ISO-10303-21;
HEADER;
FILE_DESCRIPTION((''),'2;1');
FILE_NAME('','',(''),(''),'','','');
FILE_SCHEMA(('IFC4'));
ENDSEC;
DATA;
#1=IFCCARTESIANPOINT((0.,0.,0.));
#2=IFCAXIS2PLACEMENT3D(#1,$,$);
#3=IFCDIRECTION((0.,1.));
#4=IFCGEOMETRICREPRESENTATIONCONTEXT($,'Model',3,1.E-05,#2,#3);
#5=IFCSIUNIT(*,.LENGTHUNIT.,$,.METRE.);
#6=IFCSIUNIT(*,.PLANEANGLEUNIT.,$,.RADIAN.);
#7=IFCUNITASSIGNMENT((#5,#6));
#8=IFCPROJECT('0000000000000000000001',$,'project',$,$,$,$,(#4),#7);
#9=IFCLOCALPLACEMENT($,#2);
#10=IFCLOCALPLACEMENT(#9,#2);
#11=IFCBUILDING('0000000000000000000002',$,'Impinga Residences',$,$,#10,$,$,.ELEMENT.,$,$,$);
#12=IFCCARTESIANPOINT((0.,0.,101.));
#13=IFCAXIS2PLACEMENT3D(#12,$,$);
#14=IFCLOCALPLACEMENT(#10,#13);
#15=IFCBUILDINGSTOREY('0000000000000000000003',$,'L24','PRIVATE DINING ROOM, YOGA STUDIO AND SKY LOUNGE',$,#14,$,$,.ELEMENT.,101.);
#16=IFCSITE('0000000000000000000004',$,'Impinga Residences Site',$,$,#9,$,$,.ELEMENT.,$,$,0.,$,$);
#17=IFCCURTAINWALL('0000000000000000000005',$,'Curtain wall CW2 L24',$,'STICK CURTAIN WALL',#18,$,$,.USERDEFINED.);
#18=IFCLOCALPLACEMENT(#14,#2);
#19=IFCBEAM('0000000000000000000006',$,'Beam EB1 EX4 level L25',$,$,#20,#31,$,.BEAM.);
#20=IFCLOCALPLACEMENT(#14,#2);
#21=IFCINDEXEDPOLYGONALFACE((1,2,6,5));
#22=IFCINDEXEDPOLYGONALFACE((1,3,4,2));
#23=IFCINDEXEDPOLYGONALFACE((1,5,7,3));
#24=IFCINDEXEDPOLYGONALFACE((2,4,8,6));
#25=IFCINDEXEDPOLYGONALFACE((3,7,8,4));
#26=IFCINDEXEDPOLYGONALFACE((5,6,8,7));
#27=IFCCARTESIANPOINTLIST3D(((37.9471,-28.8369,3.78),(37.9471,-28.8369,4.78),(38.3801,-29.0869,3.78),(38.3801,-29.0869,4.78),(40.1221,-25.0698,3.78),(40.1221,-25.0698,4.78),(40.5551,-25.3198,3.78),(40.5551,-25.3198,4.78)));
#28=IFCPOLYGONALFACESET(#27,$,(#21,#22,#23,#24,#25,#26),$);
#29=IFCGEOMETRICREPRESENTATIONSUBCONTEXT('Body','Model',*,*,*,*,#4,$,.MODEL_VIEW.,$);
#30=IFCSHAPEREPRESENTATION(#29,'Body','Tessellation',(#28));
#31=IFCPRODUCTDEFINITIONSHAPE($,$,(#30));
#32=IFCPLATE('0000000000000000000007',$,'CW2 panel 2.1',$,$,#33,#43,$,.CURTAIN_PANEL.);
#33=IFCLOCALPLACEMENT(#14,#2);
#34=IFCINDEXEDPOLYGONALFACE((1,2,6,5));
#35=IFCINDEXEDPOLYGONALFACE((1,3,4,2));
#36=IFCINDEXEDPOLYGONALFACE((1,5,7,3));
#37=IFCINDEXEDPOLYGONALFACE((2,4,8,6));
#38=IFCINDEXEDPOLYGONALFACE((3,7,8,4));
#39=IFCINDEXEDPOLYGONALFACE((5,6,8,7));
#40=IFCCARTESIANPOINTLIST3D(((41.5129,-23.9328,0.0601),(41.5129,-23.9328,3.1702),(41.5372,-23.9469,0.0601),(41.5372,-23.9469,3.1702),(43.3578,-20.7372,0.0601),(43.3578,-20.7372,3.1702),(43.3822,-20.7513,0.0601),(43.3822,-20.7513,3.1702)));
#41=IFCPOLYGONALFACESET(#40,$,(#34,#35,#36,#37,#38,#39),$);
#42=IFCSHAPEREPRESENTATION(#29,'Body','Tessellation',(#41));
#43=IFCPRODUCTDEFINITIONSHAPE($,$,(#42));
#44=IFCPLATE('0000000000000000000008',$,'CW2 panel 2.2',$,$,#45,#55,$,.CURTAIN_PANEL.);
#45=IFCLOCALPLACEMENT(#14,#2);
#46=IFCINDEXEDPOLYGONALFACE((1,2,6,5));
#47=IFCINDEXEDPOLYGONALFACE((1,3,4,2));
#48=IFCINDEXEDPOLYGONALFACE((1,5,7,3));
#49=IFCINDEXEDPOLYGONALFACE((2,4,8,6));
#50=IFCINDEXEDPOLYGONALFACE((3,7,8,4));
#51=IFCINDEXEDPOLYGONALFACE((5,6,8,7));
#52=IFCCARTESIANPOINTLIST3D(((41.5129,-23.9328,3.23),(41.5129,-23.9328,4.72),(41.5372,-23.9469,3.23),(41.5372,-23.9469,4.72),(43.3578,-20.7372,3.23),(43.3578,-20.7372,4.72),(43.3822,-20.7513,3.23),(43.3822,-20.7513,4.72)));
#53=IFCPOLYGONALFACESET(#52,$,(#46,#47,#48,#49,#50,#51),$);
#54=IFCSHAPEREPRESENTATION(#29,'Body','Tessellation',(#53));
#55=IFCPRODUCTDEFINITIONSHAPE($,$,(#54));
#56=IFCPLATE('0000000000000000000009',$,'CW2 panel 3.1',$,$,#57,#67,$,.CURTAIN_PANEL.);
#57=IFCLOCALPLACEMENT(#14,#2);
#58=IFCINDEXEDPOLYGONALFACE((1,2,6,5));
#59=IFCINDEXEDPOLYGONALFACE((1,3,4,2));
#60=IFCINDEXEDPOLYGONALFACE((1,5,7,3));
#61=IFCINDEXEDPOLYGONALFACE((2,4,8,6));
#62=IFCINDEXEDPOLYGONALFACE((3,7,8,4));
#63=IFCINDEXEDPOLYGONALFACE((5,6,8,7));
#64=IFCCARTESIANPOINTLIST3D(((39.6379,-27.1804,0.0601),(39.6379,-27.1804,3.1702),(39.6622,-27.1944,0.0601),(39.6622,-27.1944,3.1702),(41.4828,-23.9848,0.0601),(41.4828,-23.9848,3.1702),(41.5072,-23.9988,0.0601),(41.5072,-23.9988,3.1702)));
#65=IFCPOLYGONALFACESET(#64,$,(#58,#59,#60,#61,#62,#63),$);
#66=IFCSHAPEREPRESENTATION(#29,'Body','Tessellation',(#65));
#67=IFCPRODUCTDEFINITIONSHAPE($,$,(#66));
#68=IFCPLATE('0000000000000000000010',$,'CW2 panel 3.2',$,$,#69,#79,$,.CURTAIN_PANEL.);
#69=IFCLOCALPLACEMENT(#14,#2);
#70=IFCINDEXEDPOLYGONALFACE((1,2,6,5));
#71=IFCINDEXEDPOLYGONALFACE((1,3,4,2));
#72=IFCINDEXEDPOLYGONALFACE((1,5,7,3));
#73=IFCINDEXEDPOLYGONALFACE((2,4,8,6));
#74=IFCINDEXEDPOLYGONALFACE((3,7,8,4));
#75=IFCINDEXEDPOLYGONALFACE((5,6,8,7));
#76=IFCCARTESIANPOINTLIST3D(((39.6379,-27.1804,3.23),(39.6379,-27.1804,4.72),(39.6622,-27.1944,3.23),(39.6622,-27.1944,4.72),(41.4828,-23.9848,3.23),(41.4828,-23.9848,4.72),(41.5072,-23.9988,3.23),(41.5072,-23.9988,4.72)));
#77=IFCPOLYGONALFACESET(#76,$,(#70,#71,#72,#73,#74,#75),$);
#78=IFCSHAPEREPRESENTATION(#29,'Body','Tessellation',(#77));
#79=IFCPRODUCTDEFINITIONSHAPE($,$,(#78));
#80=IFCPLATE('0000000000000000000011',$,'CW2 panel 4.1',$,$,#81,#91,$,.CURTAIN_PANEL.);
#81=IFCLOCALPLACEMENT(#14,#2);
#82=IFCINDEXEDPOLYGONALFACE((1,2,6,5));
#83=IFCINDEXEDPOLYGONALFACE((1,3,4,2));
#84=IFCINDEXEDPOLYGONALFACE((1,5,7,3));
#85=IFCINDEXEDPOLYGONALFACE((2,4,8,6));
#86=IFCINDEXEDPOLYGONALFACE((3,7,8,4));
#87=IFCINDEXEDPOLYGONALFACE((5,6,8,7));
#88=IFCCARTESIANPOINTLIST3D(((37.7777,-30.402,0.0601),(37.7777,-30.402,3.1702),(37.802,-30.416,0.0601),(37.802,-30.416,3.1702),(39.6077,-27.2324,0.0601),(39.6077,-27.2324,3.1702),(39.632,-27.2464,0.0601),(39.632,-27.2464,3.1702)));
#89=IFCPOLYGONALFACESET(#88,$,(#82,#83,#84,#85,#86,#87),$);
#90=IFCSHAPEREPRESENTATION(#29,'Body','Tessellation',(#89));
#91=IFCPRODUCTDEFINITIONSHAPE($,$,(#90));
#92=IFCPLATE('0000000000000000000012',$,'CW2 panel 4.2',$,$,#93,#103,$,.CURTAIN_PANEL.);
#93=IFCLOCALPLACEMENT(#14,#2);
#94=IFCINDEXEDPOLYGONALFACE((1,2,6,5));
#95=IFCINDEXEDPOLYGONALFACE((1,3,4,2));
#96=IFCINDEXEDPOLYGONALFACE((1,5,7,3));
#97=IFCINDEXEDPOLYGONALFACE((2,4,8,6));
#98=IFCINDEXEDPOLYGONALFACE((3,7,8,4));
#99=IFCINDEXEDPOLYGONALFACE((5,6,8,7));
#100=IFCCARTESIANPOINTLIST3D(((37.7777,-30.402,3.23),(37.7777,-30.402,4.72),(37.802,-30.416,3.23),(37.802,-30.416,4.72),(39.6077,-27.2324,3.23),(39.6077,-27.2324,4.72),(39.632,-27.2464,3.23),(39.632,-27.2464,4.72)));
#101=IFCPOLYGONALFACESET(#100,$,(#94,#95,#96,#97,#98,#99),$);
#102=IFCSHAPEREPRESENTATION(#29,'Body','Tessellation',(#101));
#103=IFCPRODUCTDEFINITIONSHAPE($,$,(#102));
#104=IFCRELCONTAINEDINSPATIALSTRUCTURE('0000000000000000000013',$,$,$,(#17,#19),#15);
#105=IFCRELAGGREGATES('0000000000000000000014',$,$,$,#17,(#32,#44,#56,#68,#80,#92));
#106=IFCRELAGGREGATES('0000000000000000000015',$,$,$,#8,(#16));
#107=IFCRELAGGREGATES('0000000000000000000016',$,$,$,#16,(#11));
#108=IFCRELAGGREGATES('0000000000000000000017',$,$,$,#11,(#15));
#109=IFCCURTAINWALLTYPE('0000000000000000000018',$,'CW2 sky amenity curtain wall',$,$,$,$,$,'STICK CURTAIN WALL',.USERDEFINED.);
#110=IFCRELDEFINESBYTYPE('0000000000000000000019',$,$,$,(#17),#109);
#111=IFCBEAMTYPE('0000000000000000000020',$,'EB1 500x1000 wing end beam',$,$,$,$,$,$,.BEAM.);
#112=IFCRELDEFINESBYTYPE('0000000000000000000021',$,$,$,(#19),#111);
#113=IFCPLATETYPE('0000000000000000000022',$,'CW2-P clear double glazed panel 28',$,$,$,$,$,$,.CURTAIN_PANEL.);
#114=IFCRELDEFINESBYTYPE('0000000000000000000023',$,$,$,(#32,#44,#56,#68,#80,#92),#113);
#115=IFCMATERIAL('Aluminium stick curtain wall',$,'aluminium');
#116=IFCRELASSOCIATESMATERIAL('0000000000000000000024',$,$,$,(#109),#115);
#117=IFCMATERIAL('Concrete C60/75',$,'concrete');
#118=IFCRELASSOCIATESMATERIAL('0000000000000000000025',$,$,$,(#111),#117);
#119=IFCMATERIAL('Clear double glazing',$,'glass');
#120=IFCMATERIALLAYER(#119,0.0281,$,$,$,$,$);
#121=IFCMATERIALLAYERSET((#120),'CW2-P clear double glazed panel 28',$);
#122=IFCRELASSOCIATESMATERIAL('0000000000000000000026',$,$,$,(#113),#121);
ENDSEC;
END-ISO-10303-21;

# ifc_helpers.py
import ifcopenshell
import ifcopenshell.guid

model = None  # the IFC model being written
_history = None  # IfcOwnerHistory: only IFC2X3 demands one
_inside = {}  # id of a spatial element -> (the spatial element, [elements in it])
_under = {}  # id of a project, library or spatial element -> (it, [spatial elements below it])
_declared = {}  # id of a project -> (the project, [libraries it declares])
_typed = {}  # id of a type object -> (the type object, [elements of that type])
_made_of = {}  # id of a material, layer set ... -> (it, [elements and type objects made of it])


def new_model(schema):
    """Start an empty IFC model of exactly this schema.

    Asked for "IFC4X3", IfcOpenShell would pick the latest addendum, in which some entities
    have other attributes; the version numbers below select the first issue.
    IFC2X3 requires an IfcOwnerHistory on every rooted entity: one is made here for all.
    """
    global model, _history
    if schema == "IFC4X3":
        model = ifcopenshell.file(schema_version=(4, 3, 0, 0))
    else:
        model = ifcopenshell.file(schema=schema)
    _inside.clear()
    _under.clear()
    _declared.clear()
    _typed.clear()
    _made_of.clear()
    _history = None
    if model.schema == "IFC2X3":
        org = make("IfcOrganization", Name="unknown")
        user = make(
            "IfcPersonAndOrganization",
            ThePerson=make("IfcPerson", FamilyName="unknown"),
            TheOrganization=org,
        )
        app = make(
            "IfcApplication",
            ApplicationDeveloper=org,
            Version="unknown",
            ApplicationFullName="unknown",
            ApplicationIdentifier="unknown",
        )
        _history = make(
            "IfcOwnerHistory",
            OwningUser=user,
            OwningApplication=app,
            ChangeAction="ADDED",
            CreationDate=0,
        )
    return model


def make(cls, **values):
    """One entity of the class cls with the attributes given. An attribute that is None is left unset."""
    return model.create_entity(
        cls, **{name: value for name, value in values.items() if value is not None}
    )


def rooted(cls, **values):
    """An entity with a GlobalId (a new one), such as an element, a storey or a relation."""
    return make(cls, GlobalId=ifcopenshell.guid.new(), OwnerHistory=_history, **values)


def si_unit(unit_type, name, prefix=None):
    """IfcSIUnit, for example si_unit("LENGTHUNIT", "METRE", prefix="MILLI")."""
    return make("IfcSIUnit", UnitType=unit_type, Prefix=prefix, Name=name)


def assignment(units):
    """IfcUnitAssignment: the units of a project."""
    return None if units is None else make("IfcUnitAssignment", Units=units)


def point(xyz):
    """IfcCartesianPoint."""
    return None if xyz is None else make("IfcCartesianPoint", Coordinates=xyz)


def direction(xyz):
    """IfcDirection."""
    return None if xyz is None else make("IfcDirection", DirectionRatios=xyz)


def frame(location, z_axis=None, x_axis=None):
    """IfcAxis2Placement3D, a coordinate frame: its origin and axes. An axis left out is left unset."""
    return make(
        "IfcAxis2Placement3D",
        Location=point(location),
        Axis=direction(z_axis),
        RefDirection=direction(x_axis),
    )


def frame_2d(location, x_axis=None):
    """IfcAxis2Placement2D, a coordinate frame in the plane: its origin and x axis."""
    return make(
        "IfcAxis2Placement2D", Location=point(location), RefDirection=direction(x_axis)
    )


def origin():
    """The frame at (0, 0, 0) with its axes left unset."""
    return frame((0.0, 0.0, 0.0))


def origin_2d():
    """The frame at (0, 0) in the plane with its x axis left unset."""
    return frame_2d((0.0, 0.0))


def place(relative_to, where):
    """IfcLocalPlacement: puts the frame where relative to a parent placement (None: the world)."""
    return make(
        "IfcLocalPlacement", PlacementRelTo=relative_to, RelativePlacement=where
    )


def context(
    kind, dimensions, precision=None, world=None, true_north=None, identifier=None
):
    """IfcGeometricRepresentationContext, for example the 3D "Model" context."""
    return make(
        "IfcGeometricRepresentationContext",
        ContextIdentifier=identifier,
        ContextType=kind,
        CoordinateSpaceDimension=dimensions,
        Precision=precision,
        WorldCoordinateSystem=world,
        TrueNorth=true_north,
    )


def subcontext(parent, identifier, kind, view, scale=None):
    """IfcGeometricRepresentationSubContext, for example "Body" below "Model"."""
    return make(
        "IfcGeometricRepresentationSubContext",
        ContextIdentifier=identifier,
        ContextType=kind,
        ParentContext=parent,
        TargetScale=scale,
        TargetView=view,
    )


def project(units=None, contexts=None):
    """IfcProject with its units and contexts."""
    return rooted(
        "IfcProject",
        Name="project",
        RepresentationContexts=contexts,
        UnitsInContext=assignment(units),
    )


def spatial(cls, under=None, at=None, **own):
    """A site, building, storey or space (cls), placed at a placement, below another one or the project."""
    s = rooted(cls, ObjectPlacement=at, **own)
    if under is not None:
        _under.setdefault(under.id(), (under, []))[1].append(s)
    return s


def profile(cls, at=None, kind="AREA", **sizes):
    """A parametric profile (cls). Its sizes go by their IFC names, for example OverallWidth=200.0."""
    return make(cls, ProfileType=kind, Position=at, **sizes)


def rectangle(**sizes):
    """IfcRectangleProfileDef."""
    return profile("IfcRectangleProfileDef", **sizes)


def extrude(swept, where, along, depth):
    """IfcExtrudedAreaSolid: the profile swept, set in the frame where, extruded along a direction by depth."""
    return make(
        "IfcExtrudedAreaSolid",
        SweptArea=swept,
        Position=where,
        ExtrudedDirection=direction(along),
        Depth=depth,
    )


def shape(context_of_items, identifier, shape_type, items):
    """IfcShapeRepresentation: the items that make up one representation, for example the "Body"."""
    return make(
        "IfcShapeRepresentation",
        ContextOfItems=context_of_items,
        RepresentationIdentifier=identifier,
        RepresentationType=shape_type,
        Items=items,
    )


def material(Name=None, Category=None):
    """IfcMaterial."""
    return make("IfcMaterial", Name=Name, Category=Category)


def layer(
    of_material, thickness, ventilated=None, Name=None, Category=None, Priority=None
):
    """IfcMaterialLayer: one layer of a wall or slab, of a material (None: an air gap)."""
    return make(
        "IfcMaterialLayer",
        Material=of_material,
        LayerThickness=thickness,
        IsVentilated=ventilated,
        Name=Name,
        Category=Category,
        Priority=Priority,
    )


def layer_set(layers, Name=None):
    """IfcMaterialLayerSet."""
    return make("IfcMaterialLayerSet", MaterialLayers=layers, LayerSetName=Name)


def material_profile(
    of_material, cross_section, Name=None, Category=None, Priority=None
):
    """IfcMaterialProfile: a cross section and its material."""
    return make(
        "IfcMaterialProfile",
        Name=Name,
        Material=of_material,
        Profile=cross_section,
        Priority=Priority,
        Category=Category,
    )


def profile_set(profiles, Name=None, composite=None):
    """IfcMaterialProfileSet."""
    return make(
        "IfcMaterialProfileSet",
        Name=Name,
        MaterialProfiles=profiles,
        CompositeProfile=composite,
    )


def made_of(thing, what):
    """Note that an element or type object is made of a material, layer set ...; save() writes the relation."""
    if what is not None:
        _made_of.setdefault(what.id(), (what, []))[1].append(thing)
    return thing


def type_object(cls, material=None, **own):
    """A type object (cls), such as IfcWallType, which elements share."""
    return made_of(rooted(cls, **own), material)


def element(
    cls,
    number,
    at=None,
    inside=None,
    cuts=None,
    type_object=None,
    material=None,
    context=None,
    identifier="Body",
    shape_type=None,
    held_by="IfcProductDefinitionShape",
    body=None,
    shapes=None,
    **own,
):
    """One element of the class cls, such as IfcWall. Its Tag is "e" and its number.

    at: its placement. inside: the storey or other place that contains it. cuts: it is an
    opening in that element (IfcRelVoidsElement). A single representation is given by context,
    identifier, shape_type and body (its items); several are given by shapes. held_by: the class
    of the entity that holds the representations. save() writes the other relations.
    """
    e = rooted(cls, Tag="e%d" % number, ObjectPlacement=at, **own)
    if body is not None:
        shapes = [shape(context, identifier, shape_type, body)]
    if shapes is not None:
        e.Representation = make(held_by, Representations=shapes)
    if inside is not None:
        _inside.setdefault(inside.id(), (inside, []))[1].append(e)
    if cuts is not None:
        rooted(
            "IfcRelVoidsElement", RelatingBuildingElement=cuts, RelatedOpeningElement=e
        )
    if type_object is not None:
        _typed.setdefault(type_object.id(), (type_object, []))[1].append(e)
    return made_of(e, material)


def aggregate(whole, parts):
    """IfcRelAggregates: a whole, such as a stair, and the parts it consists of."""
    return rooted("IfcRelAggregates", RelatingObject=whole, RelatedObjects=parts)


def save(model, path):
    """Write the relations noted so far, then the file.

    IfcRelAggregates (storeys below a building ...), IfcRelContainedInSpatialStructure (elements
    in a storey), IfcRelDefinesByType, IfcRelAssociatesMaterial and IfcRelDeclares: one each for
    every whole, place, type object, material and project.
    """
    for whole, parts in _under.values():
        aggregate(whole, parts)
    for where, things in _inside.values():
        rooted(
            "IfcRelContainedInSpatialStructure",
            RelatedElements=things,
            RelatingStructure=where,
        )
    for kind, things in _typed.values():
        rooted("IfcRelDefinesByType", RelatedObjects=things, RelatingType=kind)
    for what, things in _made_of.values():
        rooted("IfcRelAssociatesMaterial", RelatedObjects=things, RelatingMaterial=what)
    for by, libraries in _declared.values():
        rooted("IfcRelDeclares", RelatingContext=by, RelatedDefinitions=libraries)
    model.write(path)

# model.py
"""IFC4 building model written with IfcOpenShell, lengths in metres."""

from ifc_helpers import new_model, si_unit, direction, frame, origin, origin_2d, place, context, subcontext, project, spatial, rectangle, extrude, material, layer, layer_set, material_profile, profile_set, type_object, element, aggregate, save


model = new_model("IFC4")

# Units and contexts
model_context = context("Model", 3, precision=1e-05, world=origin(), true_north=direction((0.0, 1.0)))
body_context = subcontext(model_context, "Body", "Model", "MODEL_VIEW")
ifc_project = project(units=[si_unit("LENGTHUNIT", "METRE"), si_unit("PLANEANGLEUNIT", "RADIAN")], contexts=[model_context])

# Site, building, storey
site_placement = place(None, origin())
site = spatial("IfcSite", under=ifc_project, at=site_placement, Name="Impinga Residences Site", CompositionType="ELEMENT", RefElevation=0.0)
building_placement = place(site_placement, origin())
building = spatial("IfcBuilding", under=site, at=building_placement, Name="Impinga Residences", CompositionType="ELEMENT")
storey_placement = place(building_placement, frame((0.0, 0.0, 101.0)))
storey = spatial("IfcBuildingStorey", under=building, at=storey_placement, Name="L24", Description="PRIVATE DINING ROOM, YOGA STUDIO AND SKY LOUNGE", CompositionType="ELEMENT", Elevation=101.0)

# Shared definitions
ifc_material_1 = material(Name="Concrete C60/75", Category="concrete")

# Curtain wall
ifc_material_2 = material(Name="Aluminium stick curtain wall", Category="aluminium")
curtain_wall_type = type_object("IfcCurtainWallType", Name="CW2 sky amenity curtain wall", ElementType="STICK CURTAIN WALL", PredefinedType="USERDEFINED", material=ifc_material_2)
curtain_wall_placement = place(storey_placement, origin())
curtain_wall = element("IfcCurtainWall", 1, at=curtain_wall_placement, inside=storey, type_object=curtain_wall_type, Name="Curtain wall CW2 L24", ObjectType="STICK CURTAIN WALL", PredefinedType="USERDEFINED")

# Beam
ifc_material_profile_1 = material_profile(ifc_material_1, rectangle(XDim=0.5, YDim=1.0, at=origin_2d()), Name="RC 500x1000")
ifc_profile_set_1 = profile_set([ifc_material_profile_1], Name="Concrete C60/75")
beam_type_1 = type_object("IfcBeamType", Name="EB1 500x1000 wing end beam", PredefinedType="BEAM", material=ifc_profile_set_1)
beam_1_placement = place(storey_placement, frame((40.3386, -25.1948, 4.28), z_axis=(-0.50002, -0.866014, 0.0), x_axis=(0.866014, -0.50002, 0.0)))
element("IfcBeam", 2, at=beam_1_placement, inside=storey, type_object=beam_type_1, Name="Beam EB1 EX4 level L25", PredefinedType="BEAM", context=body_context, shape_type="SweptSolid", body=[
    extrude(rectangle(XDim=0.5, YDim=1.0, at=origin_2d()), origin(), (0.0, 0.0, 1.0), 4.3499),
])

# Plates
ifc_material_3 = material(Name="Clear double glazing", Category="glass")
ifc_layer = layer(ifc_material_3, 0.0281)
ifc_layer_set = layer_set([ifc_layer], Name="CW2-P clear double glazed panel 28")
plate_type = type_object("IfcPlateType", Name="CW2-P clear double glazed panel 28", PredefinedType="CURTAIN_PANEL", material=ifc_layer_set)
plate_1_placement = place(storey_placement, frame((42.4475, -22.342, 0.0601), z_axis=(0.0, 0.0, 1.0), x_axis=(-0.5, -0.866025, 0.0)))
plate_1 = element("IfcPlate", 3, at=plate_1_placement, type_object=plate_type, Name="CW2 panel 2.1", PredefinedType="CURTAIN_PANEL", context=body_context, shape_type="SweptSolid", body=[
    extrude(rectangle(XDim=3.6899, YDim=0.0281, at=origin_2d()), origin(), (0.0, 0.0, 1.0), 3.1101),
])
plate_2_placement = place(storey_placement, frame((42.4475, -22.342, 3.23), z_axis=(0.0, 0.0, 1.0), x_axis=(-0.5, -0.866025, 0.0)))
plate_2 = element("IfcPlate", 4, at=plate_2_placement, type_object=plate_type, Name="CW2 panel 2.2", PredefinedType="CURTAIN_PANEL", context=body_context, shape_type="SweptSolid", body=[
    extrude(rectangle(XDim=3.6899, YDim=0.0281, at=origin_2d()), origin(), (0.0, 0.0, 1.0), 1.49),
])
plate_3_placement = place(storey_placement, frame((40.5725, -25.5896, 0.0601), z_axis=(0.0, 0.0, 1.0), x_axis=(-0.5, -0.866025, 0.0)))
plate_3 = element("IfcPlate", 5, at=plate_3_placement, type_object=plate_type, Name="CW2 panel 3.1", PredefinedType="CURTAIN_PANEL", context=body_context, shape_type="SweptSolid", body=[
    extrude(rectangle(XDim=3.6899, YDim=0.0281, at=origin_2d()), origin(), (0.0, 0.0, 1.0), 3.1101),
])
plate_4_placement = place(storey_placement, frame((40.5725, -25.5896, 3.23), z_axis=(0.0, 0.0, 1.0), x_axis=(-0.5, -0.866025, 0.0)))
plate_4 = element("IfcPlate", 6, at=plate_4_placement, type_object=plate_type, Name="CW2 panel 3.2", PredefinedType="CURTAIN_PANEL", context=body_context, shape_type="SweptSolid", body=[
    extrude(rectangle(XDim=3.6899, YDim=0.0281, at=origin_2d()), origin(), (0.0, 0.0, 1.0), 1.49),
])
plate_5_placement = place(storey_placement, frame((38.7048, -28.8242, 0.0601), z_axis=(0.0, 0.0, 1.0), x_axis=(-0.5, -0.866025, 0.0)))
plate_5 = element("IfcPlate", 7, at=plate_5_placement, type_object=plate_type, Name="CW2 panel 4.1", PredefinedType="CURTAIN_PANEL", context=body_context, shape_type="SweptSolid", body=[
    extrude(rectangle(XDim=3.6599, YDim=0.0281, at=origin_2d()), origin(), (0.0, 0.0, 1.0), 3.1101),
])
plate_6_placement = place(storey_placement, frame((38.7048, -28.8242, 3.23), z_axis=(0.0, 0.0, 1.0), x_axis=(-0.5, -0.866025, 0.0)))
plate_6 = element("IfcPlate", 8, at=plate_6_placement, type_object=plate_type, Name="CW2 panel 4.2", PredefinedType="CURTAIN_PANEL", context=body_context, shape_type="SweptSolid", body=[
    extrude(rectangle(XDim=3.6599, YDim=0.0281, at=origin_2d()), origin(), (0.0, 0.0, 1.0), 1.49),
])
aggregate(curtain_wall, [plate_1, plate_2, plate_3, plate_4, plate_5, plate_6])

save(model, "model.ifc")
